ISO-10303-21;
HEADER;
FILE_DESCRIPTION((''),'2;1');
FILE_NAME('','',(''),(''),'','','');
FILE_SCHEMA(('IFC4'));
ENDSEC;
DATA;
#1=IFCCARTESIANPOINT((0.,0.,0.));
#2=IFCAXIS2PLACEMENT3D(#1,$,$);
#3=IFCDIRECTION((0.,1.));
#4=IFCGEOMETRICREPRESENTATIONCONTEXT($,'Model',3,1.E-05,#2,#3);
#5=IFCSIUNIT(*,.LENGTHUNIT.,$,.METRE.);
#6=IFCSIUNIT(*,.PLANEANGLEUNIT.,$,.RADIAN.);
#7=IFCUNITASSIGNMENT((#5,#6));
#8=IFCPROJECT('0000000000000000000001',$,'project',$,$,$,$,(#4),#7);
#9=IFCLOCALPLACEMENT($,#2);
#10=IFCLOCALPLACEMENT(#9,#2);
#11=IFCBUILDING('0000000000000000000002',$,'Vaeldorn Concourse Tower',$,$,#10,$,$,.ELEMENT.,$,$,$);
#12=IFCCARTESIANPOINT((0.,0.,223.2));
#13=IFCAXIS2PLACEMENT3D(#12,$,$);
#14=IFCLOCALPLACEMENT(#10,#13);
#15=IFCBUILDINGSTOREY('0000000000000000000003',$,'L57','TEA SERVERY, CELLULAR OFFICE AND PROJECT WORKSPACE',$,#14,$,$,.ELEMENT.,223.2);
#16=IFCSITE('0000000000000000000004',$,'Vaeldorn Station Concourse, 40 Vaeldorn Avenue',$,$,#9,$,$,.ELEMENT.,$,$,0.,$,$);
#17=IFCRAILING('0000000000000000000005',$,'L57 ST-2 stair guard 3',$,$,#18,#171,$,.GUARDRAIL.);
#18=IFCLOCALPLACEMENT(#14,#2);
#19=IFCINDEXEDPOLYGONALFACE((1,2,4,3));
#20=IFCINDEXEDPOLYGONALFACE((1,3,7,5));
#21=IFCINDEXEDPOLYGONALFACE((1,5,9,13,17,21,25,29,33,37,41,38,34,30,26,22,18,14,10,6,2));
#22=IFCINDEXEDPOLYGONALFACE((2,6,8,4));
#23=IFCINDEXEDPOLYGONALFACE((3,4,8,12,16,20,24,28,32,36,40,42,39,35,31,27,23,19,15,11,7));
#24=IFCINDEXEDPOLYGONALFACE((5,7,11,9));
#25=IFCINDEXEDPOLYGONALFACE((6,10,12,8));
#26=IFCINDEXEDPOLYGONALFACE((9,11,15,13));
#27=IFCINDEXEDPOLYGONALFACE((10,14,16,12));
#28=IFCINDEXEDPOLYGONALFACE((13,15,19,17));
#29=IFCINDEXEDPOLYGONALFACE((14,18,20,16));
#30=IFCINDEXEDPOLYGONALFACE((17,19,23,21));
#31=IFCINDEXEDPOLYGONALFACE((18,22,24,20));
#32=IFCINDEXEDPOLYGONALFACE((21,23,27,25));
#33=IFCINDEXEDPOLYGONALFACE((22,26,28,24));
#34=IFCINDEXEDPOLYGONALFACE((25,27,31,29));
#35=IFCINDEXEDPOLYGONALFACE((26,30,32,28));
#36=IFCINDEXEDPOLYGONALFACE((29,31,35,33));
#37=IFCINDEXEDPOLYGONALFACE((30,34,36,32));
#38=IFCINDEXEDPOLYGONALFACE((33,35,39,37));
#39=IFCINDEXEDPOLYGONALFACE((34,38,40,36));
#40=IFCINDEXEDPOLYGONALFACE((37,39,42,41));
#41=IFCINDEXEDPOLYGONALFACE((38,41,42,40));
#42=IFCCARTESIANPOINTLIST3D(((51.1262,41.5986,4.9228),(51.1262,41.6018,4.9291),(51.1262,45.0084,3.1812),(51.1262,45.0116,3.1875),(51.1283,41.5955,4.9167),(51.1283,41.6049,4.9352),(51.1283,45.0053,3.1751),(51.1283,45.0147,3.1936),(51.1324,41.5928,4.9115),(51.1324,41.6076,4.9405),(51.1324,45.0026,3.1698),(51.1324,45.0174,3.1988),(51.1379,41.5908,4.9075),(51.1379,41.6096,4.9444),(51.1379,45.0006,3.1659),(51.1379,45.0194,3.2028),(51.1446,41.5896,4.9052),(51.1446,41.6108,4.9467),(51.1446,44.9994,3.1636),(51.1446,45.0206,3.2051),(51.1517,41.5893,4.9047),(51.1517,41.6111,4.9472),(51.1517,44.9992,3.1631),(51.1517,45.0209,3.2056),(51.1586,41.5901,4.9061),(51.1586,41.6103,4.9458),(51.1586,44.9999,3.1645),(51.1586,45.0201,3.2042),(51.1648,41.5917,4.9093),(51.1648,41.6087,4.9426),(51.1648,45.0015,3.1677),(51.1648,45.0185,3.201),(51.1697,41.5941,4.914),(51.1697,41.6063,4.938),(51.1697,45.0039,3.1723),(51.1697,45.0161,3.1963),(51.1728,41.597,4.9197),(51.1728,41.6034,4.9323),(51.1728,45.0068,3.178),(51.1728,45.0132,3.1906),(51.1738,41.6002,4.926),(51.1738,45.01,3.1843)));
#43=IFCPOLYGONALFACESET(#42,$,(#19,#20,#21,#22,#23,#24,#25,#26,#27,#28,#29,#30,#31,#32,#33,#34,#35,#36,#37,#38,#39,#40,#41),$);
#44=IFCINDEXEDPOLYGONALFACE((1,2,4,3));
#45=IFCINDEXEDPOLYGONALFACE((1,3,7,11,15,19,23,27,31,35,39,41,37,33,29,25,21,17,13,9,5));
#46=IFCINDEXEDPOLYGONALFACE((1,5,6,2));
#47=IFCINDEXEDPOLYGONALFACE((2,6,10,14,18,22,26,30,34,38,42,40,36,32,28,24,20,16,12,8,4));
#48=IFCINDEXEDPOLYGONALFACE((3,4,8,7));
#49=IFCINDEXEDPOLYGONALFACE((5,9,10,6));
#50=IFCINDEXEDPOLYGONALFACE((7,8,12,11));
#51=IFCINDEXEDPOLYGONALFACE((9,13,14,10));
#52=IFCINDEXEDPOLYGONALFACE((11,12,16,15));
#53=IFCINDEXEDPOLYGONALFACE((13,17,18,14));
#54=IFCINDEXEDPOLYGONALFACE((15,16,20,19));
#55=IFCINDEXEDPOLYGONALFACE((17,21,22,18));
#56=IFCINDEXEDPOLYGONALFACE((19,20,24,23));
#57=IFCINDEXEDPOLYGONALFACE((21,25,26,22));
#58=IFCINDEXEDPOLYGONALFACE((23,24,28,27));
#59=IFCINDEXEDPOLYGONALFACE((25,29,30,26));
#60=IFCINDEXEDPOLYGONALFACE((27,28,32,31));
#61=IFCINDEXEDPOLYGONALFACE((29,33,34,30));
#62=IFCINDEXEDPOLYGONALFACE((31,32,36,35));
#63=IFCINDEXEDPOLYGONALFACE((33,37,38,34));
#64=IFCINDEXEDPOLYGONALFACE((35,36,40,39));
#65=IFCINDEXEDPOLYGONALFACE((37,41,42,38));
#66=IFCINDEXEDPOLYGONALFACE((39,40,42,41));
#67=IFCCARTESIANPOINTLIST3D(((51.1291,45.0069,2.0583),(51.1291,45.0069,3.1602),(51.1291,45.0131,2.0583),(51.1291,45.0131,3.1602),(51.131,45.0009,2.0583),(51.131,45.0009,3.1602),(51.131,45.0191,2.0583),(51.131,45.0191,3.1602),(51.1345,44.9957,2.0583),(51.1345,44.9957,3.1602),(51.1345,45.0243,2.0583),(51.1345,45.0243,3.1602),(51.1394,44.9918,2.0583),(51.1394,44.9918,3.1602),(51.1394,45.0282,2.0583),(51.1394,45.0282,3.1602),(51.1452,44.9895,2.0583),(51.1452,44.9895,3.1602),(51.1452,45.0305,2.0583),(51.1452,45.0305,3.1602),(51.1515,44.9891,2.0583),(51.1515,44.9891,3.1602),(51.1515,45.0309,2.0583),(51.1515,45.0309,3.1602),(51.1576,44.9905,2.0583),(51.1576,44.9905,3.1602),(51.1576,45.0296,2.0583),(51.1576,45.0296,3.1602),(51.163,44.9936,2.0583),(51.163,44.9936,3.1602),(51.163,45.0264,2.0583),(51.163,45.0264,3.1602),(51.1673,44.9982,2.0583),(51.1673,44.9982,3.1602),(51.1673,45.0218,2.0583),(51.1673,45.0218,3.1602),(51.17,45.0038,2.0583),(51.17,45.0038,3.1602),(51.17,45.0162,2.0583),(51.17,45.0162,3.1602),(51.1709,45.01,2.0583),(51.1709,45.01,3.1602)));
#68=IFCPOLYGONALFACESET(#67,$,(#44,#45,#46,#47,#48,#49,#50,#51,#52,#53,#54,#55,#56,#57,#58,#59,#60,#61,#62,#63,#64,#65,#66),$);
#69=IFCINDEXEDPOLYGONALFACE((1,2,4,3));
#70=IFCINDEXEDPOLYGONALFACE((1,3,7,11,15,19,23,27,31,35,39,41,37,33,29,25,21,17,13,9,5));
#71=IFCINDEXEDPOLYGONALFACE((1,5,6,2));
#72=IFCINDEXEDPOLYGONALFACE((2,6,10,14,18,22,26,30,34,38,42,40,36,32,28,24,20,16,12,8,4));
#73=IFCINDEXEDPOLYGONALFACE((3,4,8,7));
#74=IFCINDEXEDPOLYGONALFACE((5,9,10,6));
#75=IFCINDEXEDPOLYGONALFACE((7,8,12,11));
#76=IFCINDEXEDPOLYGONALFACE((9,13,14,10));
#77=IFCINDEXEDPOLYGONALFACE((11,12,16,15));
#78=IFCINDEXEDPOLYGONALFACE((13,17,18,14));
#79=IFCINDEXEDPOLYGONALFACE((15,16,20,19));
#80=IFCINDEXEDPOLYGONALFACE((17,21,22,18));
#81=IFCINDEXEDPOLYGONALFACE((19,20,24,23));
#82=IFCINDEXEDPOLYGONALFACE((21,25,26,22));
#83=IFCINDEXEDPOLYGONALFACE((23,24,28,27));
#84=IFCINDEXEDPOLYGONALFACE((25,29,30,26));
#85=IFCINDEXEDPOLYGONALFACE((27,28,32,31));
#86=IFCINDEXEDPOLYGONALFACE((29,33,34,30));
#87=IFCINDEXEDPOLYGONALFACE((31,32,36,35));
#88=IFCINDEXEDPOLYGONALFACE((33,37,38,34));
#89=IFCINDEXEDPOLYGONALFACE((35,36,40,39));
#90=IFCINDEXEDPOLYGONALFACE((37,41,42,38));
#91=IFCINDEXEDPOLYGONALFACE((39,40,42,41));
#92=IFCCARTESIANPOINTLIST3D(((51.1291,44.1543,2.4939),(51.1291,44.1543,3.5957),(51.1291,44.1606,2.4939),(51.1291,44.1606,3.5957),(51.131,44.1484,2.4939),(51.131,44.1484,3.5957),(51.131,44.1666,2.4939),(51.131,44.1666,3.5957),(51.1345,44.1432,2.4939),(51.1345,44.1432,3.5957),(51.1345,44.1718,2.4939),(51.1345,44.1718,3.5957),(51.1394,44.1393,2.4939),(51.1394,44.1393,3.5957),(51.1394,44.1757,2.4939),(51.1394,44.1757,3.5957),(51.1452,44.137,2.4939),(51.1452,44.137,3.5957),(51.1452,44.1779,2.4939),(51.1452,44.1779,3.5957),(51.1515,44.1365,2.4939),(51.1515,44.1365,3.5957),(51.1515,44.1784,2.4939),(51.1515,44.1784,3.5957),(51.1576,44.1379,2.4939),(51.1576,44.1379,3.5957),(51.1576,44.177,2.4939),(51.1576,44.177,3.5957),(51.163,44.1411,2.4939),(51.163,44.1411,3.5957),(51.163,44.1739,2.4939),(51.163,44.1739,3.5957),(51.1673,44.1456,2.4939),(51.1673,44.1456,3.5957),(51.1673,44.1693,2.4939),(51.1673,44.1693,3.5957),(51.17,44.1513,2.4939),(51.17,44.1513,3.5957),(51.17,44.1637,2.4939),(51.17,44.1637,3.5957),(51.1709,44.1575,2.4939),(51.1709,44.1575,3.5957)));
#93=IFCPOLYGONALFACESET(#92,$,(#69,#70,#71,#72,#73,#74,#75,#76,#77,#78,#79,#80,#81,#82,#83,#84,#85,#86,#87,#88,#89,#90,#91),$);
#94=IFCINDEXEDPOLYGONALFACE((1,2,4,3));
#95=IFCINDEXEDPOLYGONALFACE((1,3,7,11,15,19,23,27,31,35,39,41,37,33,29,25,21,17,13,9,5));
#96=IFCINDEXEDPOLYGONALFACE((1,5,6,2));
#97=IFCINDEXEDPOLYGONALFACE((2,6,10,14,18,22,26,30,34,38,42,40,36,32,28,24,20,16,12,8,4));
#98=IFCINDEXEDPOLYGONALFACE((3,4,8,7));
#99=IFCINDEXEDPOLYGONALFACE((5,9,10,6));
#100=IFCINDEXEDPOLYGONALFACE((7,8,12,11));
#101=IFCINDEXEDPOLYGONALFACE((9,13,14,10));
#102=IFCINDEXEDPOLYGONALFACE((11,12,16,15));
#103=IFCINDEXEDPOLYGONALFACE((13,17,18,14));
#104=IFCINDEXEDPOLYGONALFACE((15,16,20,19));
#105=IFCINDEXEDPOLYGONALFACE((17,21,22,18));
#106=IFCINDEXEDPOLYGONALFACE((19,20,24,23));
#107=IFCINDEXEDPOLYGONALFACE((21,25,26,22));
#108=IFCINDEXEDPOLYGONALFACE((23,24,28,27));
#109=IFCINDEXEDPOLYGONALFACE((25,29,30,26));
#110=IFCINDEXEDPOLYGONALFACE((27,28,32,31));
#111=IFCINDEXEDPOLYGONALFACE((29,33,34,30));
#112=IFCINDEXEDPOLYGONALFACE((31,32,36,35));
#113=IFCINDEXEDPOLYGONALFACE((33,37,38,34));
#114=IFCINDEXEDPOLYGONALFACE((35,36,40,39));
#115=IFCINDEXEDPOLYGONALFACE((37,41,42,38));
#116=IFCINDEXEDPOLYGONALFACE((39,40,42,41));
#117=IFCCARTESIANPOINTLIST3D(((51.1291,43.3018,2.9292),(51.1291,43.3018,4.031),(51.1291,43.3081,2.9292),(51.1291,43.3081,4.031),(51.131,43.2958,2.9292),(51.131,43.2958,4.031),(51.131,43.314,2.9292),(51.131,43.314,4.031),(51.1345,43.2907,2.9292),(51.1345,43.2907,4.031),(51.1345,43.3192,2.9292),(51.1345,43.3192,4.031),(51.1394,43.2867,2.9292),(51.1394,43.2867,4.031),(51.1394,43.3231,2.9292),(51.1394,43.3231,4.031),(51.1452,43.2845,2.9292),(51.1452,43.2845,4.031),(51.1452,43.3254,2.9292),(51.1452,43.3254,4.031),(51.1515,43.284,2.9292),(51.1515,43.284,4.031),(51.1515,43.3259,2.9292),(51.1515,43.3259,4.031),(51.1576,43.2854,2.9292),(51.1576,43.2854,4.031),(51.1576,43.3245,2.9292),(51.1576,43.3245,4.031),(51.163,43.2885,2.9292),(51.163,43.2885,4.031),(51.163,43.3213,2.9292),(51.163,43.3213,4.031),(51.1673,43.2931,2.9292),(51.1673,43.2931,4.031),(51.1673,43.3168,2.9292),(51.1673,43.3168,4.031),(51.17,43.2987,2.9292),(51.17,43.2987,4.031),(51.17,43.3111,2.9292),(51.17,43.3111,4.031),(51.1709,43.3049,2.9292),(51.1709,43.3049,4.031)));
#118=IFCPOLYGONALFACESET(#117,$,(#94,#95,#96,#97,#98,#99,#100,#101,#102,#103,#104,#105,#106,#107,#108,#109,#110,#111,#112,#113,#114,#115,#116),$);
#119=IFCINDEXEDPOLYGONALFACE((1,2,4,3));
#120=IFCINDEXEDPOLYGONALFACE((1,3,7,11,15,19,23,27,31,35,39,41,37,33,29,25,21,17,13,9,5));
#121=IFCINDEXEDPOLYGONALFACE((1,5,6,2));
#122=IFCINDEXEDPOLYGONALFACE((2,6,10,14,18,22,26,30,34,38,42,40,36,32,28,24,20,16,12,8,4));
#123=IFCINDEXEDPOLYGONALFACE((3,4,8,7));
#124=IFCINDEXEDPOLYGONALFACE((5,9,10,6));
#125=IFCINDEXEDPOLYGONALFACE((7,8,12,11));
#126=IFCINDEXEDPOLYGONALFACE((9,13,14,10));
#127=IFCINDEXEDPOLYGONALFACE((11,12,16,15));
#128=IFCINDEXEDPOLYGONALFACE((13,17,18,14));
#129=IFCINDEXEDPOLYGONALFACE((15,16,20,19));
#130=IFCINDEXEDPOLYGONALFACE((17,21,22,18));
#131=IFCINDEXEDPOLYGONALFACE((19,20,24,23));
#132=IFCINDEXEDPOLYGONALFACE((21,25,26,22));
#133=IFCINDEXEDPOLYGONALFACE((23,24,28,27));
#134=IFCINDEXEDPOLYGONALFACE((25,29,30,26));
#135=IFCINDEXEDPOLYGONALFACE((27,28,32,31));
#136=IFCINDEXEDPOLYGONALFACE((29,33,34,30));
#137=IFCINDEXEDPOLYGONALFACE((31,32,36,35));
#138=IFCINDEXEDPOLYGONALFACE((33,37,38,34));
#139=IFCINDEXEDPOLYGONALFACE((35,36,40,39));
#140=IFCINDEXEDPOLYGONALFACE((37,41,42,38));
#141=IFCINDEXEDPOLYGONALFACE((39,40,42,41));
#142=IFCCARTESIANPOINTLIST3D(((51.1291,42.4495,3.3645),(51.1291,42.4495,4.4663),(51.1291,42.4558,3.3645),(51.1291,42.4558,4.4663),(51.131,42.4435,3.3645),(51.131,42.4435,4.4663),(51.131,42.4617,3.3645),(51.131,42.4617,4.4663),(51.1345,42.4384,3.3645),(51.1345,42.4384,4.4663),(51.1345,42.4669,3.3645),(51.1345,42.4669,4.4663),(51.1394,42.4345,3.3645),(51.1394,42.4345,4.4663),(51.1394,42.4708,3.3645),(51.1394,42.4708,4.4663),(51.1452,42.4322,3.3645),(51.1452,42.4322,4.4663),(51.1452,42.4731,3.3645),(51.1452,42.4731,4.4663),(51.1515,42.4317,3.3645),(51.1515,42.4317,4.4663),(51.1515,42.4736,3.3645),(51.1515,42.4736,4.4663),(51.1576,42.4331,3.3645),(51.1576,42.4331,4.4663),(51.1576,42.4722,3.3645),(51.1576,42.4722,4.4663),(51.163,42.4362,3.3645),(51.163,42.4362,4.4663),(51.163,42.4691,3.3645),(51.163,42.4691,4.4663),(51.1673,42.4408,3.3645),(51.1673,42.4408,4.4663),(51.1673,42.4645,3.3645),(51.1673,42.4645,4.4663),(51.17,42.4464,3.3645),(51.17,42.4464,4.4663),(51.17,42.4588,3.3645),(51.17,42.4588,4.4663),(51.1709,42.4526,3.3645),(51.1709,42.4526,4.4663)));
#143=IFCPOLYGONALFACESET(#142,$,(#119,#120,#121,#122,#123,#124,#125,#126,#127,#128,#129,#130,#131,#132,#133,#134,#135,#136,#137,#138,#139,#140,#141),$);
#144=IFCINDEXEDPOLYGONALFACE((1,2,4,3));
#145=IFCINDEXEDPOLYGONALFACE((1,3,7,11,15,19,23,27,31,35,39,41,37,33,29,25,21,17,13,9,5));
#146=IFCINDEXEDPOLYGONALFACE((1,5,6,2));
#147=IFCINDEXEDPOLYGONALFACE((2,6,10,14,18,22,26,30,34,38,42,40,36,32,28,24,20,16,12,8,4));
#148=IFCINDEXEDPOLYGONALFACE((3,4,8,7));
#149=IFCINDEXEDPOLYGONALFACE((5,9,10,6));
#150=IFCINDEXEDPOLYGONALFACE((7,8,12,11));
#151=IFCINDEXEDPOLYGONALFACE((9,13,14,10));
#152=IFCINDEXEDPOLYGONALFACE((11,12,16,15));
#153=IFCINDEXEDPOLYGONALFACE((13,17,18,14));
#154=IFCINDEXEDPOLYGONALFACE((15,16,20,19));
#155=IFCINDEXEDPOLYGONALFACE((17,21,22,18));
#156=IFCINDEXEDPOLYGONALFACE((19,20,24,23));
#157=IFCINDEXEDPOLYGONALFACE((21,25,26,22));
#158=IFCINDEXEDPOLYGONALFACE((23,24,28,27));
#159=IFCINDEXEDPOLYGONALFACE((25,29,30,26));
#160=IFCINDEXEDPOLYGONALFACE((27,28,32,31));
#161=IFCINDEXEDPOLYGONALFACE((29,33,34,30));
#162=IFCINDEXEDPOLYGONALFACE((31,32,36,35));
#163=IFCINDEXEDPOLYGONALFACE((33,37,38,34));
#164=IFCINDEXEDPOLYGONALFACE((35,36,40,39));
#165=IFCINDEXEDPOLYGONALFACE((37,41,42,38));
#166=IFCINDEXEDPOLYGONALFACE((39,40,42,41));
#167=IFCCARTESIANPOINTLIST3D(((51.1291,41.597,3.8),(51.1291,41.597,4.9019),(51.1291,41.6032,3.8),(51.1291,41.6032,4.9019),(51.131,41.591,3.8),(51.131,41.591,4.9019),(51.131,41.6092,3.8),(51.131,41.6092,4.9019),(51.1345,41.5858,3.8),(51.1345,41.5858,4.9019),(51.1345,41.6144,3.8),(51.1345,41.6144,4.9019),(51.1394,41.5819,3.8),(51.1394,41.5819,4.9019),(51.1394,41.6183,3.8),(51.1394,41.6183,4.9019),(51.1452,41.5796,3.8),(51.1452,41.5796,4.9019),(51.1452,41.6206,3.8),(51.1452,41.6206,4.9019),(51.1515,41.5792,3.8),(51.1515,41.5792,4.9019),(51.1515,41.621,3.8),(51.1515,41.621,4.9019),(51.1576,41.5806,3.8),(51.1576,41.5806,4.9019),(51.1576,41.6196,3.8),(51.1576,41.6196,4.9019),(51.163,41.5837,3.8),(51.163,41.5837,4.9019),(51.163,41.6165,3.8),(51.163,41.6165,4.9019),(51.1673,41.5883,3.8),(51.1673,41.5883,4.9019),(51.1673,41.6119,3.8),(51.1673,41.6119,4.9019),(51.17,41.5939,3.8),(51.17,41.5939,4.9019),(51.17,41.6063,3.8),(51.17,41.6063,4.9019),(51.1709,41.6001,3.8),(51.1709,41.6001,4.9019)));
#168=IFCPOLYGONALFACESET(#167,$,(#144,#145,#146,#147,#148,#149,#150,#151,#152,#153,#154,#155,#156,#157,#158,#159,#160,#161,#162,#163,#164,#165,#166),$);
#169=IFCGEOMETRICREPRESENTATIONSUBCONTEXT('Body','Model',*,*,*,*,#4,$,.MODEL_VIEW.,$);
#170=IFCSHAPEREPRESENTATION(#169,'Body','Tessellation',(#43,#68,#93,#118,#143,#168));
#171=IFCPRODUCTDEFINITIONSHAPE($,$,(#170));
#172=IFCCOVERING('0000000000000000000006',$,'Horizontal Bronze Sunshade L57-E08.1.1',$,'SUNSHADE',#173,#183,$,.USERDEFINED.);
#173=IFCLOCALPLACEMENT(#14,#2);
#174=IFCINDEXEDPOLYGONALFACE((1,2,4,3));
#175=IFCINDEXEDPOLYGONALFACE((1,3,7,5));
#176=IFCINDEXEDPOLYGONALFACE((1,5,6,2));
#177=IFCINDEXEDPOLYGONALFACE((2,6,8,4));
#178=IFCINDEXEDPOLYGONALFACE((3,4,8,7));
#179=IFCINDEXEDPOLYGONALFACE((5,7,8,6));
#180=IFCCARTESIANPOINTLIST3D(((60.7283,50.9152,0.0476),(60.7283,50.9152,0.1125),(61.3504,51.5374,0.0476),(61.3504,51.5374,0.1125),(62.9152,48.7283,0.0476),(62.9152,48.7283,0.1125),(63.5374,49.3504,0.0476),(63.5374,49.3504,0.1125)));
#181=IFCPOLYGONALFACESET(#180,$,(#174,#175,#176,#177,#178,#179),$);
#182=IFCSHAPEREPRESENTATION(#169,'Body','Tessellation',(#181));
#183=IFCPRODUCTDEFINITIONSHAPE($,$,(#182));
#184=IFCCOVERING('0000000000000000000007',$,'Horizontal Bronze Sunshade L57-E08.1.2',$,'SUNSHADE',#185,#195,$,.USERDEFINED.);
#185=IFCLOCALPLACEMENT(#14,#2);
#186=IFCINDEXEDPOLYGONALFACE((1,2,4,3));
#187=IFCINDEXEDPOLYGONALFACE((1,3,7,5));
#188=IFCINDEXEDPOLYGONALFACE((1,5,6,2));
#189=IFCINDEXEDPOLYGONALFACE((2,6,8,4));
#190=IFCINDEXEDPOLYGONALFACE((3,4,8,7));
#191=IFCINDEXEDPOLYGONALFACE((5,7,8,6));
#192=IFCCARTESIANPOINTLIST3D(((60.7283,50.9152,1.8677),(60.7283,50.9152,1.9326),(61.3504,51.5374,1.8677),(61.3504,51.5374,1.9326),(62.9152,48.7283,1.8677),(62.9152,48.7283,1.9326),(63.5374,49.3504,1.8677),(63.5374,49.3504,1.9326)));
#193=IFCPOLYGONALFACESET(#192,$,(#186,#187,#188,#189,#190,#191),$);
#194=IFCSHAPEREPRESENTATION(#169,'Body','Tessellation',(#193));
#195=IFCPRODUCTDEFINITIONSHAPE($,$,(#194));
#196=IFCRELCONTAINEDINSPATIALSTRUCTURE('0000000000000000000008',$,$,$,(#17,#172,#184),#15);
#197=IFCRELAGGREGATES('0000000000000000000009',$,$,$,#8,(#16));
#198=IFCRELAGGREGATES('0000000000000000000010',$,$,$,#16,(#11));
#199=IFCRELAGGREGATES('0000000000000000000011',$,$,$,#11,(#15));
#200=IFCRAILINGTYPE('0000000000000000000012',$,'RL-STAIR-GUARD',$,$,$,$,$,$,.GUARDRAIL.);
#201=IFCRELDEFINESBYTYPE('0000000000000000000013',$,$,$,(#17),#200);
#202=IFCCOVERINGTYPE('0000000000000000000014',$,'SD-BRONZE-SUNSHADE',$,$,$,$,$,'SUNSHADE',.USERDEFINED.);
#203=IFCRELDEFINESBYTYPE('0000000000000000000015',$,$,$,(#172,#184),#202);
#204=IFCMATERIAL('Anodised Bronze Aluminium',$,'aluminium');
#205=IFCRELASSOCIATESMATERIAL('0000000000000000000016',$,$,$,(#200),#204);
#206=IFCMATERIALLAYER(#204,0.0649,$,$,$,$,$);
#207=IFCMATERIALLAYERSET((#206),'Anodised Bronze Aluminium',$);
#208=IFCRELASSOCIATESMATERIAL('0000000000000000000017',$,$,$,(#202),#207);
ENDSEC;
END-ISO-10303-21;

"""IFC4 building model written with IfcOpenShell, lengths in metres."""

from ifc_helpers import new_model, si_unit, direction, frame, origin, origin_2d, place, context, subcontext, project, spatial, rectangle, circle, extrude, source, transform, mapped, material, layer, layer_set, type_object, element, save


model = new_model("IFC4")

# Units and contexts
model_context = context("Model", 3, precision=1e-05, world=origin(), true_north=direction((0.0, 1.0)))
body_context = subcontext(model_context, "Body", "Model", "MODEL_VIEW")
ifc_project = project(units=[si_unit("LENGTHUNIT", "METRE"), si_unit("PLANEANGLEUNIT", "RADIAN")], contexts=[model_context])

# Site, building, storey
site_placement = place(None, origin())
site = spatial("IfcSite", under=ifc_project, at=site_placement, Name="Vaeldorn Station Concourse, 40 Vaeldorn Avenue", CompositionType="ELEMENT", RefElevation=0.0)
building_placement = place(site_placement, origin())
building = spatial("IfcBuilding", under=site, at=building_placement, Name="Vaeldorn Concourse Tower", CompositionType="ELEMENT")
storey_placement = place(building_placement, frame((0.0, 0.0, 223.2)))
storey = spatial("IfcBuildingStorey", under=building, at=storey_placement, Name="L57", Description="TEA SERVERY, CELLULAR OFFICE AND PROJECT WORKSPACE", CompositionType="ELEMENT", Elevation=223.2)

# Shared definitions
ifc_material_1 = material(Name="Anodised Bronze Aluminium", Category="aluminium")

# Railing
railing_type = type_object("IfcRailingType", Name="RL-STAIR-GUARD", PredefinedType="GUARDRAIL", material=ifc_material_1)
railing_1_placement = place(storey_placement, frame((51.1499, 45.01, 2.0583)))
element("IfcRailing", 1, at=railing_1_placement, inside=storey, type_object=railing_type, Name="L57 ST-2 stair guard 3", PredefinedType="GUARDRAIL", context=body_context, shape_type="SweptSolid", body=[
    extrude(circle(Radius=0.0239, at=origin_2d()), frame((0.0, 0.0, 1.126), z_axis=(0.0, -0.890556, 0.454874), x_axis=(1.0, 0.0, 0.0)), (0.0, 0.0, 1.0), 3.8289),
    extrude(circle(Radius=0.021, at=origin_2d()), origin(), (0.0, 0.0, 1.0), 1.1018),
    extrude(circle(Radius=0.021, at=origin_2d()), frame((0.0, -0.8525, 0.4355)), (0.0, 0.0, 1.0), 1.1018),
    extrude(circle(Radius=0.021, at=origin_2d()), frame((0.0, -1.7051, 0.8708)), (0.0, 0.0, 1.0), 1.1018),
    extrude(circle(Radius=0.021, at=origin_2d()), frame((0.0, -2.5574, 1.3062)), (0.0, 0.0, 1.0), 1.1018),
    extrude(circle(Radius=0.021, at=origin_2d()), frame((0.0, -3.4099, 1.7417)), (0.0, 0.0, 1.0), 1.1018),
])

# Coverings
ifc_layer_1 = layer(ifc_material_1, 0.0649)
ifc_layer_set_1 = layer_set([ifc_layer_1], Name="Anodised Bronze Aluminium")
covering_type = type_object("IfcCoveringType", Name="SD-BRONZE-SUNSHADE", ElementType="SUNSHADE", PredefinedType="USERDEFINED", material=ifc_layer_set_1)
shared_shape_1 = source(origin(), body_context, "Body", "SweptSolid", [
    extrude(rectangle(XDim=3.0928, YDim=0.8799, at=origin_2d()), origin(), (0.0, 0.0, 1.0), 0.0649),
])
for number, where, z_axis, x_axis, name in (
    (2, (62.1328, 50.1328, 0.0476), (0.0, 0.0, 1.0), (-0.707107, 0.707107, 0.0), "Horizontal Bronze Sunshade L57-E08.1.1"),
    (3, (62.1328, 50.1328, 1.8677), (0.0, 0.0, 1.0), (-0.707107, 0.707107, 0.0), "Horizontal Bronze Sunshade L57-E08.1.2"),
):
    element("IfcCovering", number, at=place(storey_placement, frame(where, z_axis=z_axis, x_axis=x_axis)), inside=storey, type_object=covering_type, Name=name, ObjectType="SUNSHADE", PredefinedType="USERDEFINED", context=body_context, shape_type="MappedRepresentation", body=[
        mapped(shared_shape_1, transform((0.0, 0.0, 0.0), scale=1.0)),
    ])

save(model, "model.ifc")
